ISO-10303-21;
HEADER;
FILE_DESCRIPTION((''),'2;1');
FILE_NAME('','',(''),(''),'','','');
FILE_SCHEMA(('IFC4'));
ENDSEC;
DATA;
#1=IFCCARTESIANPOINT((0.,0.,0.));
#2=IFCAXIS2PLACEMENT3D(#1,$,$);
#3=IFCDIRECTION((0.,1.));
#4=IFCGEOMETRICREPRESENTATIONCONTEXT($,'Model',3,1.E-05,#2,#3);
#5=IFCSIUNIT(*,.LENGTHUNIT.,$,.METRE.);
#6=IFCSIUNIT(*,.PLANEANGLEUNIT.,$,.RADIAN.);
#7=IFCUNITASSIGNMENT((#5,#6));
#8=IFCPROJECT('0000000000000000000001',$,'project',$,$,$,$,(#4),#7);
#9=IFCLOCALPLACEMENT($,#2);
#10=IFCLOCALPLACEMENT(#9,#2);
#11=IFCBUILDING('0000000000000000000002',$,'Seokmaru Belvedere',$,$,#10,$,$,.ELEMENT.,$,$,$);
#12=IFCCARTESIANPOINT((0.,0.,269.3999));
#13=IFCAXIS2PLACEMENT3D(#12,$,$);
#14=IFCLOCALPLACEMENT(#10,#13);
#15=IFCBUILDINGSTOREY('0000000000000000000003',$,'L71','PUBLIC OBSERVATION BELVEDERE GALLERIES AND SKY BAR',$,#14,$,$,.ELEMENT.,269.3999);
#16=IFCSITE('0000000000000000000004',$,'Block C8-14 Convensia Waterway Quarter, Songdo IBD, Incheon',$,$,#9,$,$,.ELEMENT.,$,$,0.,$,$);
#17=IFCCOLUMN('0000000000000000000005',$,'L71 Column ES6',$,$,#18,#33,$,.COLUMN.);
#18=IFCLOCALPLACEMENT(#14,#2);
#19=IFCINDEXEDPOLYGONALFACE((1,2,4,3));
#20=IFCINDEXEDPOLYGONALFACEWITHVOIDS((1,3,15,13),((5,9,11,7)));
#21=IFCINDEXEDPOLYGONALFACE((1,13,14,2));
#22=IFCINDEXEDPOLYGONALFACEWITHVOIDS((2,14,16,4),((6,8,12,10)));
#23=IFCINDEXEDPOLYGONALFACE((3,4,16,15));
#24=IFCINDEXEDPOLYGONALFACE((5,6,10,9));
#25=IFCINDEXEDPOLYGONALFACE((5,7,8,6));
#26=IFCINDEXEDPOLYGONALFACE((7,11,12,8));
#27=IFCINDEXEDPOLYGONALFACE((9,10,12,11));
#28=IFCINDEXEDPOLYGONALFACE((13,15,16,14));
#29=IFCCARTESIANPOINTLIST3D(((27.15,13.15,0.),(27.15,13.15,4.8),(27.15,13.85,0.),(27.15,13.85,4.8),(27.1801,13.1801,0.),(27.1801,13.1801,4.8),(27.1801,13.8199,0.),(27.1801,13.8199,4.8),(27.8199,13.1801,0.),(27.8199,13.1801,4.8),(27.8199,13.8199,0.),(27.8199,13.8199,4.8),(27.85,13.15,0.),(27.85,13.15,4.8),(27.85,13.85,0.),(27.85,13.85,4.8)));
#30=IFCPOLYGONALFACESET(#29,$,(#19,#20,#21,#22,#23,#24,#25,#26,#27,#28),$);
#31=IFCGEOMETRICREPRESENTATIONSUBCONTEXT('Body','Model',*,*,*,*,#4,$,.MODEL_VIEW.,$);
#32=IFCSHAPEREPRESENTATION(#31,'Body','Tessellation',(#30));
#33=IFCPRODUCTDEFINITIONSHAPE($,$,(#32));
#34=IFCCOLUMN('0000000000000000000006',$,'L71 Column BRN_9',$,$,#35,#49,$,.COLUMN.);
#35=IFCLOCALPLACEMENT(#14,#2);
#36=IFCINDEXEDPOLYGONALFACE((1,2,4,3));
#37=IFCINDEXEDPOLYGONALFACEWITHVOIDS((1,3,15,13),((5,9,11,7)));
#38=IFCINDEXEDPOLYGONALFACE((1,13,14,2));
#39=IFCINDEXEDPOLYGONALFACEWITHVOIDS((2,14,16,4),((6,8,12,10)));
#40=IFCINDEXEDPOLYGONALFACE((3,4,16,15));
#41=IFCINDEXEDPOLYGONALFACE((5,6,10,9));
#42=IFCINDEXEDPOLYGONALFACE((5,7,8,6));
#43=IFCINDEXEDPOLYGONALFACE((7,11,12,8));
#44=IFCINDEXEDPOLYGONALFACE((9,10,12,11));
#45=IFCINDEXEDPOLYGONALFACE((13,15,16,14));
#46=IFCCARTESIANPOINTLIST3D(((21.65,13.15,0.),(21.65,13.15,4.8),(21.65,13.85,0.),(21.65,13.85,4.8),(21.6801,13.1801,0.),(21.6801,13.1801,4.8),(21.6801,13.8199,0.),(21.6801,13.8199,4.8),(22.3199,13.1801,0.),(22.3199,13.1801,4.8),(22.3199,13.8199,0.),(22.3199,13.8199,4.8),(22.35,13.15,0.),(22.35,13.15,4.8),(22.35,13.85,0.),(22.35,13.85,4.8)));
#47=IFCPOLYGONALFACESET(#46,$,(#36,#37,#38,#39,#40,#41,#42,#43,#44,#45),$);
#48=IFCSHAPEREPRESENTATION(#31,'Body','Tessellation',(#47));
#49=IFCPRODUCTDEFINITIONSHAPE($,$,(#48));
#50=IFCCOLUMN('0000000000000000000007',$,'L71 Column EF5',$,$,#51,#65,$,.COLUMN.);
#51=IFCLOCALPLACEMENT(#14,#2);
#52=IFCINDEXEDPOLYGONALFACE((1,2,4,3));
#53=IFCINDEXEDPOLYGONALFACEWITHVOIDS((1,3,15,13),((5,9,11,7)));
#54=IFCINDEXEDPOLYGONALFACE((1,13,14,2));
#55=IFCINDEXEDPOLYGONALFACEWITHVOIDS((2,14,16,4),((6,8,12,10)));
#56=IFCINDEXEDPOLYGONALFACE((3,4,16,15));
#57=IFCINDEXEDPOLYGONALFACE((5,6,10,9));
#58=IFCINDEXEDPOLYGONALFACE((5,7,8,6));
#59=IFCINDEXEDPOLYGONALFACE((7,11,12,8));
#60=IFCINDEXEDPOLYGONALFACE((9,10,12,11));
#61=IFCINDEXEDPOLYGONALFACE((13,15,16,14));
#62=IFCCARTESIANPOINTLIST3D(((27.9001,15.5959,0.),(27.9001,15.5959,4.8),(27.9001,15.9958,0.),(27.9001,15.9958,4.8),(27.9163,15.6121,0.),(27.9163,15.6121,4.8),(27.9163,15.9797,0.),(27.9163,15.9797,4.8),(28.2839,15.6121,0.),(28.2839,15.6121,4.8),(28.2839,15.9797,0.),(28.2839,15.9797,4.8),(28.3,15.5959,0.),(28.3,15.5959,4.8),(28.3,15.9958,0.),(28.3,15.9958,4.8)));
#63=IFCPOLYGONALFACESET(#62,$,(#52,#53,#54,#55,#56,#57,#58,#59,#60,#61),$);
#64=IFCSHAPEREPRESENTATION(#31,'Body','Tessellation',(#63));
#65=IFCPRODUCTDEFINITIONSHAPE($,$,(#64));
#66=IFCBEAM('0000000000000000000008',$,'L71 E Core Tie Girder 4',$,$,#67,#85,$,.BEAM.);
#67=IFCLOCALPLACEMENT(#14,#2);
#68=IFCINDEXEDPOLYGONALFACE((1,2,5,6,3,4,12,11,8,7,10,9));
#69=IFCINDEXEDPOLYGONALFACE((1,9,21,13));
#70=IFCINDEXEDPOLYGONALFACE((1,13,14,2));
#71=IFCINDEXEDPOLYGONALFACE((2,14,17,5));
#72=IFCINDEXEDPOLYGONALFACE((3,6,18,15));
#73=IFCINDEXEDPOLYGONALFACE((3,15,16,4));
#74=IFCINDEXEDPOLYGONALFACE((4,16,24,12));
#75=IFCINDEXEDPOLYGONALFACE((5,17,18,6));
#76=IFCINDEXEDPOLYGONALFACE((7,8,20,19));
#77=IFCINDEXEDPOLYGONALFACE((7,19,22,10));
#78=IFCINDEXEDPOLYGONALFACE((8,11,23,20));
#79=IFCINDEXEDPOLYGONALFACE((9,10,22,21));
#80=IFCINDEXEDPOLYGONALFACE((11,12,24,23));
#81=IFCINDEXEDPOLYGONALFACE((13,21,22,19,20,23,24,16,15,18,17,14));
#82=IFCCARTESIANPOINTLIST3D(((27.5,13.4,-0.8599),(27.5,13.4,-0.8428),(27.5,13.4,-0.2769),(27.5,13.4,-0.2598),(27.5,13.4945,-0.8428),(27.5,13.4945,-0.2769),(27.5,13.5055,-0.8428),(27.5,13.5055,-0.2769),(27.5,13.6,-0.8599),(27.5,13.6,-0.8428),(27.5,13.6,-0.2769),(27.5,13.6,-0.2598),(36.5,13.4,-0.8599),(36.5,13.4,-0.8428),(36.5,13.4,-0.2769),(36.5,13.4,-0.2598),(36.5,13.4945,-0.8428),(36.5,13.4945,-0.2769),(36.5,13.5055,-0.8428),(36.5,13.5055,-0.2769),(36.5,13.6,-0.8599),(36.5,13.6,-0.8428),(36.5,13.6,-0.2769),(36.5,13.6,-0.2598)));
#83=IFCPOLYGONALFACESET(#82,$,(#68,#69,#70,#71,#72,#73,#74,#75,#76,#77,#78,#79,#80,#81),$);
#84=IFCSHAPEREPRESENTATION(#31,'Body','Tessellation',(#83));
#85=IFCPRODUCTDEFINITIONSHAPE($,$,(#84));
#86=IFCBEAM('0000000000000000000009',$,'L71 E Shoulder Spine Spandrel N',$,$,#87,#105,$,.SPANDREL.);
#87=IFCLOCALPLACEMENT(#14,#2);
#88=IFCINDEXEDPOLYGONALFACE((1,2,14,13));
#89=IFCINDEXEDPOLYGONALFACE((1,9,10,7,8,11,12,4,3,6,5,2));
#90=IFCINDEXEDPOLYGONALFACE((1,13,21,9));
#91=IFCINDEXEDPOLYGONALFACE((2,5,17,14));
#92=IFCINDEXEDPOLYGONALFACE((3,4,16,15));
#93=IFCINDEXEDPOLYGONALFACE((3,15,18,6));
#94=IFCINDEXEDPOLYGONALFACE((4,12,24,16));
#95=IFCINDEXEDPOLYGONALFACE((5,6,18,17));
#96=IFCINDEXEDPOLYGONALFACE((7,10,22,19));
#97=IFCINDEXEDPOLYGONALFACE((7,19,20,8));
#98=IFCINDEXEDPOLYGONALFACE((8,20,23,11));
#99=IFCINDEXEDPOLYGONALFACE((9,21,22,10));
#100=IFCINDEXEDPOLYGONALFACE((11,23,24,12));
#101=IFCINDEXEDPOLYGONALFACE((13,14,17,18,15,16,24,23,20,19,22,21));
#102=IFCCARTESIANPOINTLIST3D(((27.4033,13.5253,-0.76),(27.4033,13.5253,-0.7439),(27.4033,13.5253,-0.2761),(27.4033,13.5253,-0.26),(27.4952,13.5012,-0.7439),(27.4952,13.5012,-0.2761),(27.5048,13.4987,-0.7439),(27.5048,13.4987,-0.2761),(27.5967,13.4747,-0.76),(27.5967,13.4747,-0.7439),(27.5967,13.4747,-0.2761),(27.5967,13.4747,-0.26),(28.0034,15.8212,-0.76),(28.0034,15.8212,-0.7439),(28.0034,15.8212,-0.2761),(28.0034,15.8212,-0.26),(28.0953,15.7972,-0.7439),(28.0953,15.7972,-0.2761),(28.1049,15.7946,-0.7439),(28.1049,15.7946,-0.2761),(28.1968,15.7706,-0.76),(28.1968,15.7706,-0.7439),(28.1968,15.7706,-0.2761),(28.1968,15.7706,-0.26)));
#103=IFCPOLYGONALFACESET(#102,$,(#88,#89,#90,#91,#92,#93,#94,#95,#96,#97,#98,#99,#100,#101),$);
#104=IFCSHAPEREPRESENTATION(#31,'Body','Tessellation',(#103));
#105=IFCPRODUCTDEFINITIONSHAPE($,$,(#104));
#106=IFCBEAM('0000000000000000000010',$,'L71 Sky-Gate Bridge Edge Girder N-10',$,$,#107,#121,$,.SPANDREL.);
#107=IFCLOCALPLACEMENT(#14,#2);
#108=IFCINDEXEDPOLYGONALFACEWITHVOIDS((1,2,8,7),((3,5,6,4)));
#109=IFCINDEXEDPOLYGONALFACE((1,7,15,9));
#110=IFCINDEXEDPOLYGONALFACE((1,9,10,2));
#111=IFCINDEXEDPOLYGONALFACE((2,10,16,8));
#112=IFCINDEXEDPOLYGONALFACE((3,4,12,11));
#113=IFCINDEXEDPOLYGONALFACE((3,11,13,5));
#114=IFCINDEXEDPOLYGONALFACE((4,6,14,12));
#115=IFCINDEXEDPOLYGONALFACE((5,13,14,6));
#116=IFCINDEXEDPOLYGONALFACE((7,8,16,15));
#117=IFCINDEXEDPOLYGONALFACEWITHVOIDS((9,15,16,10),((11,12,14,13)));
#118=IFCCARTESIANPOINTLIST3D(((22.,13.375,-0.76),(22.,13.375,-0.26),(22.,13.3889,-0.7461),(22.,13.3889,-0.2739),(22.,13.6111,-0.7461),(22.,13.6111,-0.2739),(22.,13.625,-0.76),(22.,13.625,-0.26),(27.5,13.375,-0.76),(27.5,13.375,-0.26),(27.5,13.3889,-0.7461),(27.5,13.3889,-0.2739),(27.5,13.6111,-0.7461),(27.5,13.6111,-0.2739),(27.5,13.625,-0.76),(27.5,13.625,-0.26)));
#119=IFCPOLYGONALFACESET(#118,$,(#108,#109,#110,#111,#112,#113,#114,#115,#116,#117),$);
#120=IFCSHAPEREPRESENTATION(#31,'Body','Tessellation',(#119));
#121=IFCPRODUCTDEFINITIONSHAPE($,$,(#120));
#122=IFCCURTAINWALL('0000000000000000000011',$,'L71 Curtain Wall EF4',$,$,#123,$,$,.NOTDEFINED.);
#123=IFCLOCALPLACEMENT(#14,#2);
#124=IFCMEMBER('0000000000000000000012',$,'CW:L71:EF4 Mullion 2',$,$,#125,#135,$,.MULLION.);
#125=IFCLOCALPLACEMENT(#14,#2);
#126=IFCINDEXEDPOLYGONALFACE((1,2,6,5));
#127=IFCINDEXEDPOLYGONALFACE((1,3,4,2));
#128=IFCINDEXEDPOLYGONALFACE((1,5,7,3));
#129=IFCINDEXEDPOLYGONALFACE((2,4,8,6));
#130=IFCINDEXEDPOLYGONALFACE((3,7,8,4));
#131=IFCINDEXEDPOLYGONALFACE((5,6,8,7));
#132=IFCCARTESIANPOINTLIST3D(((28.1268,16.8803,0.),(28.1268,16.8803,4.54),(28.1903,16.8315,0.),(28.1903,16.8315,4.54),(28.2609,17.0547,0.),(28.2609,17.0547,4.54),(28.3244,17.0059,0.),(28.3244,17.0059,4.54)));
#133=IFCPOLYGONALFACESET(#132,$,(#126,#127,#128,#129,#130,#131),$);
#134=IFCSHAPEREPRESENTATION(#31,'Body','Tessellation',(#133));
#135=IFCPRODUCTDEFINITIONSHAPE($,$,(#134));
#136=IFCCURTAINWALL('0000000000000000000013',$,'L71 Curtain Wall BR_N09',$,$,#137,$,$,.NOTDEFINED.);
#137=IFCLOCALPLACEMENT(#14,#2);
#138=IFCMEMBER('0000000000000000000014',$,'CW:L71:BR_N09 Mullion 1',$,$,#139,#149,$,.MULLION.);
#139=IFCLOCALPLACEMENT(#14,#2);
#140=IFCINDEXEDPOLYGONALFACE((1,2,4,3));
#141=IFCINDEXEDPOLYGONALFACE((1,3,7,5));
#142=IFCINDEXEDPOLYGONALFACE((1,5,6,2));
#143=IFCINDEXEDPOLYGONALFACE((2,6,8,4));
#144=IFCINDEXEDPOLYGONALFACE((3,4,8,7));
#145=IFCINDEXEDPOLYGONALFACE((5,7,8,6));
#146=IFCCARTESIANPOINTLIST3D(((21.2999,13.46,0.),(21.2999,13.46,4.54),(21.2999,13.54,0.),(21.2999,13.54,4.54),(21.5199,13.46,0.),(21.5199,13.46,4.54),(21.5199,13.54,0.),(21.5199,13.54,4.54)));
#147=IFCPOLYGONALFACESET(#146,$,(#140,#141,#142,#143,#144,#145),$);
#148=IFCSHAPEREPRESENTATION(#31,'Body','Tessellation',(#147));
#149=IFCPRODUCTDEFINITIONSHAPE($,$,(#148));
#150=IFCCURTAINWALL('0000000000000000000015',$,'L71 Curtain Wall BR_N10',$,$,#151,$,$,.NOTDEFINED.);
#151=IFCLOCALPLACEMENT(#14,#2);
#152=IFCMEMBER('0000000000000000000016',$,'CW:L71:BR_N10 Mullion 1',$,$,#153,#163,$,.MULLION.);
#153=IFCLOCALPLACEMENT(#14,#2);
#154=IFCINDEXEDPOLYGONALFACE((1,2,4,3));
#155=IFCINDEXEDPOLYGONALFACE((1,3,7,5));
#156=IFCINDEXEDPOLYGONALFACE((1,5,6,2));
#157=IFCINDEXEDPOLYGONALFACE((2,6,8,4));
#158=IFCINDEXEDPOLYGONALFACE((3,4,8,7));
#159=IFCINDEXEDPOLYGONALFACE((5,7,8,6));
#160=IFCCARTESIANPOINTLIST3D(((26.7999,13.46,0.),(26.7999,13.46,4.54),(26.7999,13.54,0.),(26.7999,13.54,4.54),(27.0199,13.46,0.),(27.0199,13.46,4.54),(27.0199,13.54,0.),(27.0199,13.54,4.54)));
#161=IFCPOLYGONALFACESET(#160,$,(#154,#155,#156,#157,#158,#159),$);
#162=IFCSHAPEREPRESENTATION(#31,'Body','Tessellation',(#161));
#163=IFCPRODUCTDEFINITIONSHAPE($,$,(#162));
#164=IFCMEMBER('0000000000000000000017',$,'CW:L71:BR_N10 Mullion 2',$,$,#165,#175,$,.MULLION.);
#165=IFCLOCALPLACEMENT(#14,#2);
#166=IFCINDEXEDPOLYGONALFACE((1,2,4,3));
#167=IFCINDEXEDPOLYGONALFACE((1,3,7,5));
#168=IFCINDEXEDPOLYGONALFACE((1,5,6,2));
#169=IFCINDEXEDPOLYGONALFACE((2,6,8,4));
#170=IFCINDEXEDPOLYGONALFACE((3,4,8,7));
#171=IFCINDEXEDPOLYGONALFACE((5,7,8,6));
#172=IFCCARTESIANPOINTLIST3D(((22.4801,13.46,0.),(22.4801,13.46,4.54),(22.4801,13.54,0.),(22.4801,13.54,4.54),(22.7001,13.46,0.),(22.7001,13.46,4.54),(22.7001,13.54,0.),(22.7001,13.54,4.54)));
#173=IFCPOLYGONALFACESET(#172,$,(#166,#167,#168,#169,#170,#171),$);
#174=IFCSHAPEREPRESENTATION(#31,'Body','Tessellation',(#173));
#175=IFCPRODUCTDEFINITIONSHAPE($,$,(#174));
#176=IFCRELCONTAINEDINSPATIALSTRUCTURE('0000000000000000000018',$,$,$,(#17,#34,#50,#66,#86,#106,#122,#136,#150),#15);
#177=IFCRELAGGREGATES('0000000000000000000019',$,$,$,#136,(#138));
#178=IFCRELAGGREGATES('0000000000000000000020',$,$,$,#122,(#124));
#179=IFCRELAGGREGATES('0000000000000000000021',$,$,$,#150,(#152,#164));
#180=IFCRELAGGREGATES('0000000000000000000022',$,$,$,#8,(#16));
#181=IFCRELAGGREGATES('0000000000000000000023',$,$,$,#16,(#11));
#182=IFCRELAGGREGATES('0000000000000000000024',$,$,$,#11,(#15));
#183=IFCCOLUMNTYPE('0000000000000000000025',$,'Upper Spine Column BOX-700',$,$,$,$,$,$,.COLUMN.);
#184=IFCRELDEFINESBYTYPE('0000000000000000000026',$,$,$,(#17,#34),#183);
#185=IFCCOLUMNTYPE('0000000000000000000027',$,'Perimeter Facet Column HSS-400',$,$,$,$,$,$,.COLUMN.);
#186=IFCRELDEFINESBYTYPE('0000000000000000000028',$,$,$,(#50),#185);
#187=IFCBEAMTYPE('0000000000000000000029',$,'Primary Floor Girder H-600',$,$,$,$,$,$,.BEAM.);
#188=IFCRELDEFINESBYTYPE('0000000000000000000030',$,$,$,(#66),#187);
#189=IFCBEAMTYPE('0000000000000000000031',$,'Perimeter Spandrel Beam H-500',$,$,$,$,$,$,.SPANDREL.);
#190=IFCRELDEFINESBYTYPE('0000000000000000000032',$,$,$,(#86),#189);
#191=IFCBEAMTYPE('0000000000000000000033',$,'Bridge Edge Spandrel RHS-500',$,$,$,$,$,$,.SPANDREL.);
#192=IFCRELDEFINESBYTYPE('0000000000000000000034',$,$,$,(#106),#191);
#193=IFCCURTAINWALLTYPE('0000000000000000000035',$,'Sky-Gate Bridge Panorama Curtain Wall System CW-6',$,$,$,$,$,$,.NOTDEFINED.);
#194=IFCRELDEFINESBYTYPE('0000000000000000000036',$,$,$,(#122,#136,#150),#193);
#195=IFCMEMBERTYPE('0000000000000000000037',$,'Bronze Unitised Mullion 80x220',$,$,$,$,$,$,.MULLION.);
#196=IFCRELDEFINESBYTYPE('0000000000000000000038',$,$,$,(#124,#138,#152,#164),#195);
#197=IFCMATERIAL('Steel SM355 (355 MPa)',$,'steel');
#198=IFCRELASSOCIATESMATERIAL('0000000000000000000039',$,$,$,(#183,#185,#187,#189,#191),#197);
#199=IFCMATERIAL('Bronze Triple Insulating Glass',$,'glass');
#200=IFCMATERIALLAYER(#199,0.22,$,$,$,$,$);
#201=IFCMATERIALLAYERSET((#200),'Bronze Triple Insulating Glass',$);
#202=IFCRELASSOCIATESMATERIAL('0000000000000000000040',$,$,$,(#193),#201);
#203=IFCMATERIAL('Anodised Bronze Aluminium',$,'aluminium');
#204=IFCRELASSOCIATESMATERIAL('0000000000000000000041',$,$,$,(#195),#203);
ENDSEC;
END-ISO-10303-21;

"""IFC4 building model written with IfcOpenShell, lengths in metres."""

from ifc_helpers import new_model, si_unit, direction, frame, origin, origin_2d, place, context, subcontext, project, spatial, rectangle, hollow_rectangle, i_section, extrude, source, transform, mapped, material, layer, layer_set, material_profile, profile_set, type_object, type_shapes, element, aggregate, save


model = new_model("IFC4")

# Units and contexts
model_context = context("Model", 3, precision=1e-05, world=origin(), true_north=direction((0.0, 1.0)))
body_context = subcontext(model_context, "Body", "Model", "MODEL_VIEW")
ifc_project = project(units=[si_unit("LENGTHUNIT", "METRE"), si_unit("PLANEANGLEUNIT", "RADIAN")], contexts=[model_context])

# Site, building, storey
site_placement = place(None, origin())
site = spatial("IfcSite", under=ifc_project, at=site_placement, Name="Block C8-14 Convensia Waterway Quarter, Songdo IBD, Incheon", CompositionType="ELEMENT", RefElevation=0.0)
building_placement = place(site_placement, origin())
building = spatial("IfcBuilding", under=site, at=building_placement, Name="Seokmaru Belvedere", CompositionType="ELEMENT")
storey_placement = place(building_placement, frame((0.0, 0.0, 269.3999)))
storey = spatial("IfcBuildingStorey", under=building, at=storey_placement, Name="L71", Description="PUBLIC OBSERVATION BELVEDERE GALLERIES AND SKY BAR", CompositionType="ELEMENT", Elevation=269.3999)

# Columns
ifc_material_1 = material(Name="Steel SM355 (355 MPa)", Category="steel")
ifc_material_profile_1 = material_profile(ifc_material_1, hollow_rectangle(XDim=0.7, YDim=0.7, WallThickness=0.03, at=origin_2d()), Name="BOX-700x700x30")
ifc_profile_set_1 = profile_set([ifc_material_profile_1], Name="Steel SM355 (355 MPa)")
column_type_1 = type_object("IfcColumnType", Name="Upper Spine Column BOX-700", PredefinedType="COLUMN", material=ifc_profile_set_1)
shared_shape_1 = source(origin(), body_context, "Body", "SweptSolid", [
    extrude(hollow_rectangle(XDim=0.7, YDim=0.7, WallThickness=0.03, at=origin_2d()), origin(), (0.0, 0.0, 1.0), 4.8),
])
type_shapes(column_type_1, [shared_shape_1])
for number, where, z_axis, x_axis, name in (
    (1, (27.5, 13.5, 0.0), (0.0, 0.0, 1.0), (1.0, 0.0, 0.0), "L71 Column ES6"),
    (2, (22.0, 13.5, 0.0), (0.0, 0.0, 1.0), (1.0, 0.0, 0.0), "L71 Column BRN_9"),
):
    element("IfcColumn", number, at=place(storey_placement, frame(where, z_axis=z_axis, x_axis=x_axis)), inside=storey, type_object=column_type_1, Name=name, PredefinedType="COLUMN", context=body_context, shape_type="MappedRepresentation", body=[
        mapped(shared_shape_1, transform((0.0, 0.0, 0.0), scale=1.0)),
    ])
ifc_material_profile_2 = material_profile(ifc_material_1, hollow_rectangle(XDim=0.3999, YDim=0.3999, WallThickness=0.0161, at=origin_2d()), Name="HSS-400x400x16")
ifc_profile_set_2 = profile_set([ifc_material_profile_2], Name="Steel SM355 (355 MPa)")
column_type_2 = type_object("IfcColumnType", Name="Perimeter Facet Column HSS-400", PredefinedType="COLUMN", material=ifc_profile_set_2)
shared_shape_2 = source(origin(), body_context, "Body", "SweptSolid", [
    extrude(hollow_rectangle(XDim=0.3999, YDim=0.3999, WallThickness=0.0161, at=origin_2d()), origin(), (0.0, 0.0, 1.0), 4.8),
])
type_shapes(column_type_2, [shared_shape_2])
column_placement = place(storey_placement, frame((28.1001, 15.7959, 0.0), z_axis=(0.0, 0.0, 1.0), x_axis=(1.0, 0.0, 0.0)))
element("IfcColumn", 3, at=column_placement, inside=storey, type_object=column_type_2, Name="L71 Column EF5", PredefinedType="COLUMN", context=body_context, shape_type="MappedRepresentation", body=[
    mapped(shared_shape_2, transform((0.0, 0.0, 0.0), scale=1.0)),
])

# Beams
ifc_material_profile_3 = material_profile(ifc_material_1, i_section(OverallWidth=0.2, OverallDepth=0.6001, WebThickness=0.011, FlangeThickness=0.0171, at=origin_2d()), Name="H-600x200x11x17")
ifc_profile_set_3 = profile_set([ifc_material_profile_3], Name="Steel SM355 (355 MPa)")
beam_type_1 = type_object("IfcBeamType", Name="Primary Floor Girder H-600", PredefinedType="BEAM", material=ifc_profile_set_3)
shared_shape_3 = source(origin(), body_context, "Body", "SweptSolid", [
    extrude(i_section(OverallWidth=0.2, OverallDepth=0.6001, WebThickness=0.011, FlangeThickness=0.0171, at=origin_2d()), origin(), (0.0, 0.0, 1.0), 9.0),
])
type_shapes(beam_type_1, [shared_shape_3])
beam_1_placement = place(storey_placement, frame((27.5, 13.5, -0.5598), z_axis=(1.0, 0.0, 0.0), x_axis=(0.0, 1.0, 0.0)))
element("IfcBeam", 4, at=beam_1_placement, inside=storey, type_object=beam_type_1, Name="L71 E Core Tie Girder 4", PredefinedType="BEAM", context=body_context, shape_type="MappedRepresentation", body=[
    mapped(shared_shape_3, transform((0.0, 0.0, 0.0), scale=1.0)),
])
ifc_material_profile_4 = material_profile(ifc_material_1, i_section(OverallWidth=0.2, OverallDepth=0.5, WebThickness=0.01, FlangeThickness=0.0161, at=origin_2d()), Name="H-500x200x10x16")
ifc_profile_set_4 = profile_set([ifc_material_profile_4], Name="Steel SM355 (355 MPa)")
beam_type_2 = type_object("IfcBeamType", Name="Perimeter Spandrel Beam H-500", PredefinedType="SPANDREL", material=ifc_profile_set_4)
shared_shape_4 = source(origin(), body_context, "Body", "SweptSolid", [
    extrude(i_section(OverallWidth=0.2, OverallDepth=0.5, WebThickness=0.01, FlangeThickness=0.0161, at=origin_2d()), origin(), (0.0, 0.0, 1.0), 2.373),
])
type_shapes(beam_type_2, [shared_shape_4])
beam_2_placement = place(storey_placement, frame((28.1001, 15.7959, -0.51), z_axis=(-0.252883, -0.967497, 0.0), x_axis=(0.967497, -0.252883, 0.0)))
element("IfcBeam", 5, at=beam_2_placement, inside=storey, type_object=beam_type_2, Name="L71 E Shoulder Spine Spandrel N", PredefinedType="SPANDREL", context=body_context, shape_type="MappedRepresentation", body=[
    mapped(shared_shape_4, transform((0.0, 0.0, 0.0), scale=1.0)),
])
ifc_material_profile_5 = material_profile(ifc_material_1, hollow_rectangle(XDim=0.25, YDim=0.5, WallThickness=0.0139, at=origin_2d()), Name="RHS-500x250x14")
ifc_profile_set_5 = profile_set([ifc_material_profile_5], Name="Steel SM355 (355 MPa)")
beam_type_3 = type_object("IfcBeamType", Name="Bridge Edge Spandrel RHS-500", PredefinedType="SPANDREL", material=ifc_profile_set_5)
shared_shape_5 = source(origin(), body_context, "Body", "SweptSolid", [
    extrude(hollow_rectangle(XDim=0.25, YDim=0.5, WallThickness=0.0139, at=origin_2d()), origin(), (0.0, 0.0, 1.0), 5.5),
])
type_shapes(beam_type_3, [shared_shape_5])
beam_3_placement = place(storey_placement, frame((22.0, 13.5, -0.51), z_axis=(1.0, 0.0, 0.0), x_axis=(0.0, 1.0, 0.0)))
element("IfcBeam", 6, at=beam_3_placement, inside=storey, type_object=beam_type_3, Name="L71 Sky-Gate Bridge Edge Girder N-10", PredefinedType="SPANDREL", context=body_context, shape_type="MappedRepresentation", body=[
    mapped(shared_shape_5, transform((0.0, 0.0, 0.0), scale=1.0)),
])

# Curtain walls, members
ifc_material_2 = material(Name="Bronze Triple Insulating Glass", Category="glass")
ifc_layer_1 = layer(ifc_material_2, 0.22)
ifc_layer_set_1 = layer_set([ifc_layer_1], Name="Bronze Triple Insulating Glass")
curtain_wall_type = type_object("IfcCurtainWallType", Name="Sky-Gate Bridge Panorama Curtain Wall System CW-6", PredefinedType="NOTDEFINED", material=ifc_layer_set_1)
curtain_wall_1_placement = place(storey_placement, origin())
curtain_wall_1 = element("IfcCurtainWall", 7, at=curtain_wall_1_placement, inside=storey, type_object=curtain_wall_type, Name="L71 Curtain Wall EF4", PredefinedType="NOTDEFINED")
ifc_material_3 = material(Name="Anodised Bronze Aluminium", Category="aluminium")
ifc_material_profile_6 = material_profile(ifc_material_3, rectangle(XDim=0.0801, YDim=0.22, at=origin_2d()), Name="CW-M-80x220")
ifc_profile_set_6 = profile_set([ifc_material_profile_6], Name="Anodised Bronze Aluminium")
member_type_1 = type_object("IfcMemberType", Name="Bronze Unitised Mullion 80x220", PredefinedType="MULLION", material=ifc_profile_set_6)
shared_shape_6 = source(origin(), body_context, "Body", "SweptSolid", [
    extrude(rectangle(XDim=0.0801, YDim=0.22, at=origin_2d()), origin(), (0.0, 0.0, 1.0), 4.54),
])
type_shapes(member_type_1, [shared_shape_6])
member_1_placement = place(storey_placement, frame((28.2256, 16.9431, 0.0), z_axis=(0.0, 0.0, 1.0), x_axis=(0.792631, -0.609701, 0.0)))
member_1 = element("IfcMember", 8, at=member_1_placement, type_object=member_type_1, Name="CW:L71:EF4 Mullion 2", PredefinedType="MULLION", context=body_context, shape_type="MappedRepresentation", body=[
    mapped(shared_shape_6, transform((0.0, 0.0, 0.0), scale=1.0)),
])
curtain_wall_2_placement = place(storey_placement, origin())
curtain_wall_2 = element("IfcCurtainWall", 9, at=curtain_wall_2_placement, inside=storey, type_object=curtain_wall_type, Name="L71 Curtain Wall BR_N09", PredefinedType="NOTDEFINED")
member_2_placement = place(storey_placement, frame((21.4099, 13.5, 0.0), z_axis=(0.0, 0.0, 1.0), x_axis=(0.0, -1.0, 0.0)))
member_2 = element("IfcMember", 10, at=member_2_placement, type_object=member_type_1, Name="CW:L71:BR_N09 Mullion 1", PredefinedType="MULLION", context=body_context, shape_type="MappedRepresentation", body=[
    mapped(shared_shape_6, transform((0.0, 0.0, 0.0), scale=1.0)),
])
aggregate(curtain_wall_2, [member_2])

# Curtain wall, members
curtain_wall_3_placement = place(storey_placement, origin())
curtain_wall_3 = element("IfcCurtainWall", 11, at=curtain_wall_3_placement, inside=storey, type_object=curtain_wall_type, Name="L71 Curtain Wall BR_N10", PredefinedType="NOTDEFINED")
member_3_placement = place(storey_placement, frame((26.9099, 13.5, 0.0), z_axis=(0.0, 0.0, 1.0), x_axis=(0.0, -1.0, 0.0)))
member_3 = element("IfcMember", 12, at=member_3_placement, type_object=member_type_1, Name="CW:L71:BR_N10 Mullion 1", PredefinedType="MULLION", context=body_context, shape_type="MappedRepresentation", body=[
    mapped(shared_shape_6, transform((0.0, 0.0, 0.0), scale=1.0)),
])
member_4_placement = place(storey_placement, frame((22.5901, 13.5, 0.0), z_axis=(0.0, 0.0, 1.0), x_axis=(0.0, -1.0, 0.0)))
member_4 = element("IfcMember", 13, at=member_4_placement, type_object=member_type_1, Name="CW:L71:BR_N10 Mullion 2", PredefinedType="MULLION", context=body_context, shape_type="MappedRepresentation", body=[
    mapped(shared_shape_6, transform((0.0, 0.0, 0.0), scale=1.0)),
])

aggregate(curtain_wall_1, [member_1])
aggregate(curtain_wall_3, [member_3, member_4])

save(model, "model.ifc")
